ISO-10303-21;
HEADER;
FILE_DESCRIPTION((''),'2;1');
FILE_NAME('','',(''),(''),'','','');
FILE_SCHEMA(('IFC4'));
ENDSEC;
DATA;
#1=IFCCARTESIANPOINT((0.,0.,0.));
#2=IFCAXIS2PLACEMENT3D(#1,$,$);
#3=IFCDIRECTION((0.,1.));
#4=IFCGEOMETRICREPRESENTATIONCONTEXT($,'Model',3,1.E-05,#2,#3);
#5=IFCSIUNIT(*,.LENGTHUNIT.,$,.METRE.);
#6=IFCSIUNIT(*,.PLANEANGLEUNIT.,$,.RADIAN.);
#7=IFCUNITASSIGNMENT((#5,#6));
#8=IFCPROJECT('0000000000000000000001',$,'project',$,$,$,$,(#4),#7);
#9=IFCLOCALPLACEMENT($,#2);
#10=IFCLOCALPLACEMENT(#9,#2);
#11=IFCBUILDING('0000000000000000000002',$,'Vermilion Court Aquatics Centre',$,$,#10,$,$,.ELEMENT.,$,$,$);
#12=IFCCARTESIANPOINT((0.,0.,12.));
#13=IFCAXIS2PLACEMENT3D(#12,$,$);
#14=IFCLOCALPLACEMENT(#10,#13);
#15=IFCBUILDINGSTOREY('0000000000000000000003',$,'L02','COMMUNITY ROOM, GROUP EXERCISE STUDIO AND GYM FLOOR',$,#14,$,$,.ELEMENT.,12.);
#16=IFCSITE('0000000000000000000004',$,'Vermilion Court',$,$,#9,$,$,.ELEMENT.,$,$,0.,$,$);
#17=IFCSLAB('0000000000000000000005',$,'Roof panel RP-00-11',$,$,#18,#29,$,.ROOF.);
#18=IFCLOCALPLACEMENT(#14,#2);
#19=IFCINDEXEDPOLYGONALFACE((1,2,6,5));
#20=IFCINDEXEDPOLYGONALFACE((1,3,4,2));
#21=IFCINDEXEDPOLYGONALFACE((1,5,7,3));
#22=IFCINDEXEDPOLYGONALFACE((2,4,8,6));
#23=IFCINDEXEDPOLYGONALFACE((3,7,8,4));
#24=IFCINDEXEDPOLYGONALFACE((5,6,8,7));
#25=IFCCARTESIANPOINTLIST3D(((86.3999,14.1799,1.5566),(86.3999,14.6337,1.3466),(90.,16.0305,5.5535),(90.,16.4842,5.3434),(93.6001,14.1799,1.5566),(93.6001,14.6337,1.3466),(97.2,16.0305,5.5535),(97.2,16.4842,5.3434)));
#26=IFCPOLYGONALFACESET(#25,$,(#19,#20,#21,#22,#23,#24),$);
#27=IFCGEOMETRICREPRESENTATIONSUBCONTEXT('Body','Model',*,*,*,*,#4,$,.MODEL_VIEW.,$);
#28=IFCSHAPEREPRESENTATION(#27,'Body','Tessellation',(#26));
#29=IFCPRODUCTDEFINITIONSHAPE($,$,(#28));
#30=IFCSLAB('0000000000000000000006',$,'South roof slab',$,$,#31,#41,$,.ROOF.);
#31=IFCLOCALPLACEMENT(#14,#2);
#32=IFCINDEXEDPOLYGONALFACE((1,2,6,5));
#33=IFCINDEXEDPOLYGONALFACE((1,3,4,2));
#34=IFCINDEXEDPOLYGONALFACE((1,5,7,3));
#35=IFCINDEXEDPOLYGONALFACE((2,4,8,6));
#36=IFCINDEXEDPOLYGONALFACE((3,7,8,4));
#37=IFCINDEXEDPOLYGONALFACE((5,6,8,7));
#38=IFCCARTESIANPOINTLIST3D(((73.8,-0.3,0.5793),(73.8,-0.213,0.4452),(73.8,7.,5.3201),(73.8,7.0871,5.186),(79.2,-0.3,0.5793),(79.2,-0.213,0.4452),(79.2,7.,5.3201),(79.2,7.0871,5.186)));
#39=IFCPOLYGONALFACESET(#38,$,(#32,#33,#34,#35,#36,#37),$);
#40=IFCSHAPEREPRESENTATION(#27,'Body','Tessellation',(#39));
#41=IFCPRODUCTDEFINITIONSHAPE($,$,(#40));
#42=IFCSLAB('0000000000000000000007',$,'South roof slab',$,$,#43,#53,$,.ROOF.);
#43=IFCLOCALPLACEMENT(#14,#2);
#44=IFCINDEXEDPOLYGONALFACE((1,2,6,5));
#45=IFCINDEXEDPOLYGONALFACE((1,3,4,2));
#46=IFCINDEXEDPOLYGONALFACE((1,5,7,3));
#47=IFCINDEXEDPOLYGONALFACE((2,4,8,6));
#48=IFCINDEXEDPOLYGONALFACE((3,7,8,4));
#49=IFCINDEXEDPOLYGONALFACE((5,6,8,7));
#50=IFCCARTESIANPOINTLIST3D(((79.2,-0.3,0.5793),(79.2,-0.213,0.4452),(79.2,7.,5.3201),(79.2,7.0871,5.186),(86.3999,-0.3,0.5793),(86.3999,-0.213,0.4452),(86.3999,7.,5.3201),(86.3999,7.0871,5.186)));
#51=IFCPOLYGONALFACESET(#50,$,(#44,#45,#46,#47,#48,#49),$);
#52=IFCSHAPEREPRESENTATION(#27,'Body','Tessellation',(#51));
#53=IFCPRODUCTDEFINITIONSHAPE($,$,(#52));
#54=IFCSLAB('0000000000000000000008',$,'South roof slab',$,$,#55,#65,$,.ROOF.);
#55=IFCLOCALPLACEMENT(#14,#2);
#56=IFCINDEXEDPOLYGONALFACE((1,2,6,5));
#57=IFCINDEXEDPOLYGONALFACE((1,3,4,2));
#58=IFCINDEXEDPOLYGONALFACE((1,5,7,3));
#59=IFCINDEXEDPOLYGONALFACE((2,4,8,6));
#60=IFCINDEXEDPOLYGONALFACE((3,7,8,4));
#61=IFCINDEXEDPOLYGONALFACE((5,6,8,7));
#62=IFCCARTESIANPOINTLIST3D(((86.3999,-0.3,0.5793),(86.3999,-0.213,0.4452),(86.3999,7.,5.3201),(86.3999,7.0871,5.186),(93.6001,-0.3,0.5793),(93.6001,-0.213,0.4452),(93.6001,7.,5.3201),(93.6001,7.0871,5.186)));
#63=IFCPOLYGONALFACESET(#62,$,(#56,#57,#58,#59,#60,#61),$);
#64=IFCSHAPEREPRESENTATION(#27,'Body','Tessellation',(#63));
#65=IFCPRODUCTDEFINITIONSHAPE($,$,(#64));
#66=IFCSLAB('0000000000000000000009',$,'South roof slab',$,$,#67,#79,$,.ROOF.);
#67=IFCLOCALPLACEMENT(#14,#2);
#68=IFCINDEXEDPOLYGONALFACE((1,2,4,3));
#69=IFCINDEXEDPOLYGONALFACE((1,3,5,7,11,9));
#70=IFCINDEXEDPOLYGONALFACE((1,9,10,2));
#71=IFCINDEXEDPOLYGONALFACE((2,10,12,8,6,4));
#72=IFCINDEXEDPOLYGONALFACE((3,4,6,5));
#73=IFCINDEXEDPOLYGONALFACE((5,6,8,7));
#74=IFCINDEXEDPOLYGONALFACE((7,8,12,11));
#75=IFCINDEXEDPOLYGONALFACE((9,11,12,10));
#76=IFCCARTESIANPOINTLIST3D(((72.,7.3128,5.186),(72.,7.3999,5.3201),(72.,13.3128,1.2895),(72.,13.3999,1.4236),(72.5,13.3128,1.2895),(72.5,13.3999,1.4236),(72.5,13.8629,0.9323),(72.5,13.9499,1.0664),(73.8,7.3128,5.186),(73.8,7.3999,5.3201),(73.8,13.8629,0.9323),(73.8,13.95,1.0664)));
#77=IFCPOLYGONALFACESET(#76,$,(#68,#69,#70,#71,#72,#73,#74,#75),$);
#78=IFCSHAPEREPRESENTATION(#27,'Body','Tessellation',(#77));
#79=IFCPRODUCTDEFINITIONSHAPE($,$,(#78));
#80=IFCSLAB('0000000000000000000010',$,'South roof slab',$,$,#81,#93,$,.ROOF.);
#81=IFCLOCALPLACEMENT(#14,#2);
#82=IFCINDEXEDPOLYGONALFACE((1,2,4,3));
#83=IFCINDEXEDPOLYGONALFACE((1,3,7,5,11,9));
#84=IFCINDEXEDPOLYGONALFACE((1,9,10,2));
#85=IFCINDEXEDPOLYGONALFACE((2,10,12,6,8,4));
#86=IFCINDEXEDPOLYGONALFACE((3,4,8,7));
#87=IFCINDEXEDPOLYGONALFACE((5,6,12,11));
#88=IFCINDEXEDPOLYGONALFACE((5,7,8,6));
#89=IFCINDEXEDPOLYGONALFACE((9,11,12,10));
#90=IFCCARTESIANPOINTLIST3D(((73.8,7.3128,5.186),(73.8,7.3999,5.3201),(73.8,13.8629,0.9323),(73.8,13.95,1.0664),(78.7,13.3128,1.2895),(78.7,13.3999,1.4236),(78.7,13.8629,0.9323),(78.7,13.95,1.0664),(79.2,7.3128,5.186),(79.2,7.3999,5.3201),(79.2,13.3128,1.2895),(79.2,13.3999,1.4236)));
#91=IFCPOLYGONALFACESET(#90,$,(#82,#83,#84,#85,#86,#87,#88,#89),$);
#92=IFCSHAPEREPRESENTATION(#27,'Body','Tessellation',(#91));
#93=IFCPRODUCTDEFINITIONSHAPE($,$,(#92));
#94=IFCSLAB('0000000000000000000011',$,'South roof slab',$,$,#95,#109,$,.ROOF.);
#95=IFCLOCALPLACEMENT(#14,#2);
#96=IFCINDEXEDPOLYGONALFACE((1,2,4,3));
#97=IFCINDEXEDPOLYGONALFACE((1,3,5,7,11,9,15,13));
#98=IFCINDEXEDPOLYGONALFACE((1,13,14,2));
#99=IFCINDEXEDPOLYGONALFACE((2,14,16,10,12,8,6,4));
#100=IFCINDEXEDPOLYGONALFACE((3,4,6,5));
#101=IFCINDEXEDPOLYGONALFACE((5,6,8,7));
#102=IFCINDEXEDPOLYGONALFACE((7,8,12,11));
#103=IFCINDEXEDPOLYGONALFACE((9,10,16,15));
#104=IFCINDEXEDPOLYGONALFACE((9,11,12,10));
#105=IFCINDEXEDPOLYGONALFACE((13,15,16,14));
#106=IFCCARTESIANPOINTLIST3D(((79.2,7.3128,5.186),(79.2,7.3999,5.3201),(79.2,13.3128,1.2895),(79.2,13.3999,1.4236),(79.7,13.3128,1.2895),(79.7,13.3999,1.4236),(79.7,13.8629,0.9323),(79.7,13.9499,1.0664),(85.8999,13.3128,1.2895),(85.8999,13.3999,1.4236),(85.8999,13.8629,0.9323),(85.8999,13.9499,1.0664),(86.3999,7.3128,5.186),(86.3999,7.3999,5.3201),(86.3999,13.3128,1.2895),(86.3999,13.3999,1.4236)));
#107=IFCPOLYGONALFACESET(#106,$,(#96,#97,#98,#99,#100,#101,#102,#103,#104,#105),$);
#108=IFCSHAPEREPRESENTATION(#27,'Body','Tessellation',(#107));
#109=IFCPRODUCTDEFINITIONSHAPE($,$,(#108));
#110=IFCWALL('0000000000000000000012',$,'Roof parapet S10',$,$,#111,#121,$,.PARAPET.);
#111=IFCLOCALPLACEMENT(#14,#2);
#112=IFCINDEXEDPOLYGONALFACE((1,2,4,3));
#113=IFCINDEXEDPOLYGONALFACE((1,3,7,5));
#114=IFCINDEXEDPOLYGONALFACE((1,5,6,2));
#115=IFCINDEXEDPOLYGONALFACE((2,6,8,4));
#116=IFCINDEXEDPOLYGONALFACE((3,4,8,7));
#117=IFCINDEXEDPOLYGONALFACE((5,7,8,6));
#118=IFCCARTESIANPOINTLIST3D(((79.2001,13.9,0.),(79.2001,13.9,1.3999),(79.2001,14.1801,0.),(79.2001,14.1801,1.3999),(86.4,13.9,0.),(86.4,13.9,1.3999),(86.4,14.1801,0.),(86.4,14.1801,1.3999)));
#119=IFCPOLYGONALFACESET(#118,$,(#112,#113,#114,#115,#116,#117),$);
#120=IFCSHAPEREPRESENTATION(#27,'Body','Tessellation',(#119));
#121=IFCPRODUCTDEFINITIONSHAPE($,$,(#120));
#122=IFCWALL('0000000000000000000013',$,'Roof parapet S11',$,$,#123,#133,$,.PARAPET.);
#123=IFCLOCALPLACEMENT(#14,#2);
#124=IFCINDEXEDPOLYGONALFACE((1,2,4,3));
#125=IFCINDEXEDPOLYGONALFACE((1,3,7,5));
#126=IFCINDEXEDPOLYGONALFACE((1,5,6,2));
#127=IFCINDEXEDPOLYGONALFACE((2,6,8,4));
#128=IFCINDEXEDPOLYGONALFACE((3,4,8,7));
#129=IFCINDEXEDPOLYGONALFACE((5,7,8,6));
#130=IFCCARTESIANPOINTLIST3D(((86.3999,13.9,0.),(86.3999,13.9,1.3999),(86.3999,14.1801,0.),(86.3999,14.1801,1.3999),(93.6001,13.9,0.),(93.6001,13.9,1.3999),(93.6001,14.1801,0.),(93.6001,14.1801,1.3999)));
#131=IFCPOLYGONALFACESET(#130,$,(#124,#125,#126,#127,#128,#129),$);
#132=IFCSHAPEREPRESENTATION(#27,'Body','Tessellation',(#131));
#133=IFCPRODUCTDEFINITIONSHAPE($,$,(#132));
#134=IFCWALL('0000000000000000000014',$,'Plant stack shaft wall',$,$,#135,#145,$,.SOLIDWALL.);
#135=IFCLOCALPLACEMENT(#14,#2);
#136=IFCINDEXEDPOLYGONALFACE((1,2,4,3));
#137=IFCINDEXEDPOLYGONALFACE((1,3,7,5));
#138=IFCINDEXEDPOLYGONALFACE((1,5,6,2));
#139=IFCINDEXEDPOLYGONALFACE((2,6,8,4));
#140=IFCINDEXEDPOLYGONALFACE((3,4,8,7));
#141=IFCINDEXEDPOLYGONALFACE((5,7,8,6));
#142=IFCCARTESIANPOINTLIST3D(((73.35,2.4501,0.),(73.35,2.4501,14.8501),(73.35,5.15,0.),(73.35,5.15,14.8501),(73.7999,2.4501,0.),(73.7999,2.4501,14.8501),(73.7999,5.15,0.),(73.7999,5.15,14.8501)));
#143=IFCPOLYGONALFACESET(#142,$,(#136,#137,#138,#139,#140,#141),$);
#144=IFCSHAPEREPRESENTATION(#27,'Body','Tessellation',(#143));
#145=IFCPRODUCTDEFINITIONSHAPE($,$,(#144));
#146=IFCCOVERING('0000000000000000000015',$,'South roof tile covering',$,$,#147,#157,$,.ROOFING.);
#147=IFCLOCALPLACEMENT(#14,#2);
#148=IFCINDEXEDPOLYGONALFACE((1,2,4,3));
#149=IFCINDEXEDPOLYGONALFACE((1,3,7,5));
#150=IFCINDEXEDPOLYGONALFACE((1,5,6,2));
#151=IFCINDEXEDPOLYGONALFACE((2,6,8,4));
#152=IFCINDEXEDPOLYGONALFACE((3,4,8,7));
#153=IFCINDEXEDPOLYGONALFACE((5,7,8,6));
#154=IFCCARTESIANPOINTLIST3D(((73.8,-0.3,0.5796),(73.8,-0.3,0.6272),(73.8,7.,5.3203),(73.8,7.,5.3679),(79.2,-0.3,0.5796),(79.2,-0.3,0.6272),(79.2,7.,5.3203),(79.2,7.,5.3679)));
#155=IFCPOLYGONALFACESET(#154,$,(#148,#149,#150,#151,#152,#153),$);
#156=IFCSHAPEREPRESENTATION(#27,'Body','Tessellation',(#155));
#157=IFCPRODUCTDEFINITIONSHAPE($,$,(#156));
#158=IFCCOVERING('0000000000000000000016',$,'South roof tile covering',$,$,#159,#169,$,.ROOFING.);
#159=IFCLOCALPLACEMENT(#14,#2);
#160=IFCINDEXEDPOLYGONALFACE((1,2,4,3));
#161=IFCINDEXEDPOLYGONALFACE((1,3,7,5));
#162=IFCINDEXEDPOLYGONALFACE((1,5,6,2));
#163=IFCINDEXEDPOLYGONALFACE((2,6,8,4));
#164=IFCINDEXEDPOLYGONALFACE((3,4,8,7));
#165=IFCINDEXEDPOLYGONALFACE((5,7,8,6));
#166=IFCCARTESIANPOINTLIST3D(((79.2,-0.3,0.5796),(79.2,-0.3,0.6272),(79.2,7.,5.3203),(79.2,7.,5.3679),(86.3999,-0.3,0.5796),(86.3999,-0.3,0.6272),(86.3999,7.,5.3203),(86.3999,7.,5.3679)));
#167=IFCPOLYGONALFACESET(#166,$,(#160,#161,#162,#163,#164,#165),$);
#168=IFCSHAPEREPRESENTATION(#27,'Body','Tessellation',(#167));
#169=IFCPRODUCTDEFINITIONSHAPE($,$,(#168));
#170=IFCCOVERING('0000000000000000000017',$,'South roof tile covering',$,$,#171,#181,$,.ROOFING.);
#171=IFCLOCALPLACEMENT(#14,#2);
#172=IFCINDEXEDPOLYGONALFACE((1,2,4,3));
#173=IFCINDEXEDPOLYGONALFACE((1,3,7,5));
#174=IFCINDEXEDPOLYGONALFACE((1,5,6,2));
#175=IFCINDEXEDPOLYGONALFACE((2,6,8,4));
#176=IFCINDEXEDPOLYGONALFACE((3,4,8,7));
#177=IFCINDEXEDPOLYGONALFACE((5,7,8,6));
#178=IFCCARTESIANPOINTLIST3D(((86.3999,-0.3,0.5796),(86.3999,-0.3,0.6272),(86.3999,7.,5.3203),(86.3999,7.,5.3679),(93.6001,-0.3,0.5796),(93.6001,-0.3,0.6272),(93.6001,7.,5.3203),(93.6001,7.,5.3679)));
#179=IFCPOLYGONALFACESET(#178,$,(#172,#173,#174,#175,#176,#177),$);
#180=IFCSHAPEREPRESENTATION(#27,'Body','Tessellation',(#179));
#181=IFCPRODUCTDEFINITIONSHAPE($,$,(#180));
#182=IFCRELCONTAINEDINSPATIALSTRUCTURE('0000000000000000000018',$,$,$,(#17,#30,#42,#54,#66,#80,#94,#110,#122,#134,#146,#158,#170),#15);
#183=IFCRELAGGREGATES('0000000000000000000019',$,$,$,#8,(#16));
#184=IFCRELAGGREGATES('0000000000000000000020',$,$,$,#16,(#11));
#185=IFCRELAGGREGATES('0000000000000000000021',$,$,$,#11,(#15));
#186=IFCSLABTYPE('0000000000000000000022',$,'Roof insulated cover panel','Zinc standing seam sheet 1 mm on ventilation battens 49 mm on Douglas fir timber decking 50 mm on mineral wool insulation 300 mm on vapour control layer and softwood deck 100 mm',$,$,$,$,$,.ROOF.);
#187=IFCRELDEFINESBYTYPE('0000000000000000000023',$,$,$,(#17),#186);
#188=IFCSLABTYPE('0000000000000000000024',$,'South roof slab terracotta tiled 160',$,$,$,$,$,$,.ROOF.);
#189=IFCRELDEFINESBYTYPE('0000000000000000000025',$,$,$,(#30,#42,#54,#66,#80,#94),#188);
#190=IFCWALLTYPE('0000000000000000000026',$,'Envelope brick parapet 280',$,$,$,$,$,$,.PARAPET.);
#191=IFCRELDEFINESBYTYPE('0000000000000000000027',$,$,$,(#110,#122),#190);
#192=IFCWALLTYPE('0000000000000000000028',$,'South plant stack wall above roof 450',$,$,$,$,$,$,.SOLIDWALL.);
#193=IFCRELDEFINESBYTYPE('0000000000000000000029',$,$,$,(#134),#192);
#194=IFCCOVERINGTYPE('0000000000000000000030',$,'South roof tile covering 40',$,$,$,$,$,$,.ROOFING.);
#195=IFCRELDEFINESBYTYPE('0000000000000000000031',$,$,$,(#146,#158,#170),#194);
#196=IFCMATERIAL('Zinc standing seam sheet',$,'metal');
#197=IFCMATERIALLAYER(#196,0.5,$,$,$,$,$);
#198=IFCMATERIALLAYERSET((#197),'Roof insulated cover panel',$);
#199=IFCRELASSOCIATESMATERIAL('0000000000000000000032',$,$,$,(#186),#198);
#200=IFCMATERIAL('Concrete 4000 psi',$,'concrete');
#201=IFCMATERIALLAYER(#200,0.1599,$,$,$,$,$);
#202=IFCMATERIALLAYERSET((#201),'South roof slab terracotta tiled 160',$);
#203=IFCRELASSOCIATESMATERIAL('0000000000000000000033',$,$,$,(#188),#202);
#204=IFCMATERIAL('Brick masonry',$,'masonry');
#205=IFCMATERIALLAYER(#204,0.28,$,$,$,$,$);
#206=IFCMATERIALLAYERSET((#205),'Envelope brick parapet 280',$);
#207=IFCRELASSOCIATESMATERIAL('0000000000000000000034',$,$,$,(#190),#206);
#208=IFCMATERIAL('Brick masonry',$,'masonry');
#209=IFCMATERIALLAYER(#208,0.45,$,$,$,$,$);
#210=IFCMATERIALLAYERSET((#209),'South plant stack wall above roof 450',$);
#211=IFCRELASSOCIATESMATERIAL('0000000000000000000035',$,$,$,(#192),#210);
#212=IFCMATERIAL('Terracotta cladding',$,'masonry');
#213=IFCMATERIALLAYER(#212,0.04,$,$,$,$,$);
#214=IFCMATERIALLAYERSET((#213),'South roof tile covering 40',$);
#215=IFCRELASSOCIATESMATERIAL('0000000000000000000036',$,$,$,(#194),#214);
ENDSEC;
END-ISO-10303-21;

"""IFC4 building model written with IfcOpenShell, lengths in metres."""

from ifc_helpers import new_model, si_unit, direction, frame, frame_2d, origin, place, context, subcontext, project, spatial, polyline, rectangle, outline, extrude, material, layer, layer_set, type_object, element, save


model = new_model("IFC4")

# Units and contexts
model_context = context("Model", 3, precision=1e-05, world=origin(), true_north=direction((0.0, 1.0)))
body_context = subcontext(model_context, "Body", "Model", "MODEL_VIEW")
ifc_project = project(units=[si_unit("LENGTHUNIT", "METRE"), si_unit("PLANEANGLEUNIT", "RADIAN")], contexts=[model_context])

# Site, building, storey
site_placement = place(None, origin())
site = spatial("IfcSite", under=ifc_project, at=site_placement, Name="Vermilion Court", CompositionType="ELEMENT", RefElevation=0.0)
building_placement = place(site_placement, origin())
building = spatial("IfcBuilding", under=site, at=building_placement, Name="Vermilion Court Aquatics Centre", CompositionType="ELEMENT")
storey_placement = place(building_placement, frame((0.0, 0.0, 12.0)))
storey = spatial("IfcBuildingStorey", under=building, at=storey_placement, Name="L02", Description="COMMUNITY ROOM, GROUP EXERCISE STUDIO AND GYM FLOOR", CompositionType="ELEMENT", Elevation=12.0)

# Slabs
ifc_material_1 = material(Name="Zinc standing seam sheet", Category="metal")
ifc_layer_1 = layer(ifc_material_1, 0.5)
ifc_layer_set_1 = layer_set([ifc_layer_1], Name="Roof insulated cover panel")
slab_type_1 = type_object("IfcSlabType", Name="Roof insulated cover panel", Description="Zinc standing seam sheet 1 mm on ventilation battens 49 mm on Douglas fir timber decking 50 mm on mineral wool insulation 300 mm on vapour control layer and softwood deck 100 mm", PredefinedType="ROOF", material=ifc_layer_set_1)
slab_1_placement = place(storey_placement, frame((86.3999, 14.1799, 1.5566), z_axis=(0.0, -0.907449, 0.420162), x_axis=(1.0, 0.0, 0.0)))
element("IfcSlab", 1, at=slab_1_placement, inside=storey, type_object=slab_type_1, Name="Roof panel RP-00-11", PredefinedType="ROOF", context=body_context, shape_type="SweptSolid", body=[
    extrude(outline(polyline([(0.0, 0.0), (7.2002, 0.0), (10.8, 4.4045), (3.6001, 4.4045), (0.0, 0.0)])), origin(), (0.0, 0.0, -1.0), 0.5),
])
ifc_material_2 = material(Name="Concrete 4000 psi", Category="concrete")
ifc_layer_2 = layer(ifc_material_2, 0.1599)
ifc_layer_set_2 = layer_set([ifc_layer_2], Name="South roof slab terracotta tiled 160")
slab_type_2 = type_object("IfcSlabType", Name="South roof slab terracotta tiled 160", PredefinedType="ROOF", material=ifc_layer_set_2)
slab_2_placement = place(storey_placement, frame((73.8, 7.0, 5.3201), z_axis=(0.0, -0.54464, 0.83867), x_axis=(1.0, 0.0, 0.0)))
element("IfcSlab", 2, at=slab_2_placement, inside=storey, type_object=slab_type_2, Name="South roof slab", PredefinedType="ROOF", context=body_context, shape_type="SweptSolid", body=[
    extrude(outline(polyline([(0.0, 0.0), (5.3999, 0.0), (5.3999, -8.7043), (0.0, -8.7043), (0.0, 0.0)])), origin(), (0.0, 0.0, -1.0), 0.1599),
])
slab_3_placement = place(storey_placement, frame((79.2, -0.3, 0.5793), z_axis=(0.0, -0.54464, 0.83867), x_axis=(0.0, 0.83867, 0.54464)))
element("IfcSlab", 3, at=slab_3_placement, inside=storey, type_object=slab_type_2, Name="South roof slab", PredefinedType="ROOF", context=body_context, shape_type="SweptSolid", body=[
    extrude(outline(polyline([(0.0, 0.0), (8.7043, 0.0), (8.7043, -7.2), (0.0, -7.2), (0.0, 0.0)])), origin(), (0.0, 0.0, -1.0), 0.1599),
])
slab_4_placement = place(storey_placement, frame((86.3999, -0.3, 0.5793), z_axis=(0.0, -0.54464, 0.83867), x_axis=(0.0, 0.83867, 0.54464)))
element("IfcSlab", 4, at=slab_4_placement, inside=storey, type_object=slab_type_2, Name="South roof slab", PredefinedType="ROOF", context=body_context, shape_type="SweptSolid", body=[
    extrude(outline(polyline([(0.0, 0.0), (8.7043, 0.0), (8.7043, -7.2002), (0.0, -7.2002), (0.0, 0.0)])), origin(), (0.0, 0.0, -1.0), 0.1599),
])
slab_5_placement = place(storey_placement, frame((73.8, 13.95, 1.0664), z_axis=(-0.000007, 0.544641, 0.838669), x_axis=(0.0, -0.838669, 0.544641)))
element("IfcSlab", 5, at=slab_5_placement, inside=storey, type_object=slab_type_2, Name="South roof slab", PredefinedType="ROOF", context=body_context, shape_type="SweptSolid", body=[
    extrude(outline(polyline([(0.0, 0.0), (7.81, 0.0), (7.81, -1.8), (0.6558, -1.8), (0.6558, -1.3), (0.0, -1.3), (0.0, 0.0)])), origin(), (0.0, 0.0, -1.0), 0.1599),
])
slab_6_placement = place(storey_placement, frame((79.2, 7.3999, 5.3201), z_axis=(0.000002, 0.54464, 0.83867), x_axis=(-1.0, 0.000001, 0.000002)))
element("IfcSlab", 6, at=slab_6_placement, inside=storey, type_object=slab_type_2, Name="South roof slab", PredefinedType="ROOF", context=body_context, shape_type="SweptSolid", body=[
    extrude(outline(polyline([(0.0, 0.0), (5.3999, 0.0), (5.3999, -7.81), (0.5, -7.81), (0.5, -7.1542), (0.0, -7.1542), (0.0, 0.0)])), origin(), (0.0, 0.0, -1.0), 0.1599),
])
slab_7_placement = place(storey_placement, frame((86.3999, 7.3999, 5.3201), z_axis=(0.0, 0.54464, 0.83867), x_axis=(-1.0, 0.0, 0.0)))
element("IfcSlab", 7, at=slab_7_placement, inside=storey, type_object=slab_type_2, Name="South roof slab", PredefinedType="ROOF", context=body_context, shape_type="SweptSolid", body=[
    extrude(outline(polyline([(0.0, 0.0), (7.2, 0.0), (7.2, -7.1542), (6.7, -7.1542), (6.7, -7.81), (0.5, -7.81), (0.5, -7.1542), (0.0, -7.1542), (0.0, 0.0)])), origin(), (0.0, 0.0, -1.0), 0.1599),
])

# Walls
ifc_material_3 = material(Name="Brick masonry", Category="masonry")
ifc_layer_3 = layer(ifc_material_3, 0.28)
ifc_layer_set_3 = layer_set([ifc_layer_3], Name="Envelope brick parapet 280")
wall_type_1 = type_object("IfcWallType", Name="Envelope brick parapet 280", PredefinedType="PARAPET", material=ifc_layer_set_3)
wall_1_placement = place(storey_placement, frame((79.2, 14.04, 0.0), z_axis=(0.0, 0.0, 1.0), x_axis=(1.0, 0.0, 0.0)))
element("IfcWall", 8, at=wall_1_placement, inside=storey, type_object=wall_type_1, Name="Roof parapet S10", PredefinedType="PARAPET", context=body_context, shape_type="SweptSolid", body=[
    extrude(rectangle(XDim=7.2, YDim=0.28, at=frame_2d((3.6001, 0.0))), origin(), (0.0, 0.0, 1.0), 1.3999),
])
wall_2_placement = place(storey_placement, frame((86.3999, 14.04, 0.0), z_axis=(0.0, 0.0, 1.0), x_axis=(1.0, 0.0, 0.0)))
element("IfcWall", 9, at=wall_2_placement, inside=storey, type_object=wall_type_1, Name="Roof parapet S11", PredefinedType="PARAPET", context=body_context, shape_type="SweptSolid", body=[
    extrude(rectangle(XDim=7.2002, YDim=0.28, at=frame_2d((3.6001, 0.0))), origin(), (0.0, 0.0, 1.0), 1.3999),
])
ifc_material_4 = material(Name="Brick masonry", Category="masonry")
ifc_layer_4 = layer(ifc_material_4, 0.45)
ifc_layer_set_4 = layer_set([ifc_layer_4], Name="South plant stack wall above roof 450")
wall_type_2 = type_object("IfcWallType", Name="South plant stack wall above roof 450", PredefinedType="SOLIDWALL", material=ifc_layer_set_4)
wall_3_placement = place(storey_placement, frame((73.575, 2.45, 0.0), z_axis=(0.0, 0.0, 1.0), x_axis=(0.0, 1.0, 0.0)))
element("IfcWall", 10, at=wall_3_placement, inside=storey, type_object=wall_type_2, Name="Plant stack shaft wall", PredefinedType="SOLIDWALL", context=body_context, shape_type="SweptSolid", body=[
    extrude(rectangle(XDim=2.7, YDim=0.45, at=frame_2d((1.3501, 0.0))), origin(), (0.0, 0.0, 1.0), 14.8501),
])

# Coverings
ifc_material_5 = material(Name="Terracotta cladding", Category="masonry")
ifc_layer_5 = layer(ifc_material_5, 0.04)
ifc_layer_set_5 = layer_set([ifc_layer_5], Name="South roof tile covering 40")
covering_type = type_object("IfcCoveringType", Name="South roof tile covering 40", PredefinedType="ROOFING", material=ifc_layer_set_5)
covering_1_placement = place(storey_placement, frame((73.8, 7.0, 5.3679), z_axis=(0.0, -0.54464, 0.83867), x_axis=(1.0, 0.0, 0.0)))
element("IfcCovering", 11, at=covering_1_placement, inside=storey, type_object=covering_type, Name="South roof tile covering", PredefinedType="ROOFING", context=body_context, shape_type="SweptSolid", body=[
    extrude(outline(polyline([(0.0, 0.0), (5.3999, 0.0), (5.3999, -8.7043), (0.0, -8.7043), (0.0, 0.0)])), origin(), (0.0, -0.54464, -0.83867), 0.0476),
])
covering_2_placement = place(storey_placement, frame((79.2, -0.3, 0.6272), z_axis=(0.0, -0.54464, 0.83867), x_axis=(0.0, 0.83867, 0.54464)))
element("IfcCovering", 12, at=covering_2_placement, inside=storey, type_object=covering_type, Name="South roof tile covering", PredefinedType="ROOFING", context=body_context, shape_type="SweptSolid", body=[
    extrude(outline(polyline([(0.0, 0.0), (8.7043, 0.0), (8.7043, -7.2), (0.0, -7.2), (0.0, 0.0)])), origin(), (-0.54464, 0.0, -0.83867), 0.0476),
])
covering_3_placement = place(storey_placement, frame((86.3999, -0.3, 0.6272), z_axis=(0.0, -0.54464, 0.83867), x_axis=(0.0, 0.83867, 0.54464)))
element("IfcCovering", 13, at=covering_3_placement, inside=storey, type_object=covering_type, Name="South roof tile covering", PredefinedType="ROOFING", context=body_context, shape_type="SweptSolid", body=[
    extrude(outline(polyline([(0.0, 0.0), (8.7043, 0.0), (8.7043, -7.2002), (0.0, -7.2002), (0.0, 0.0)])), origin(), (-0.54464, 0.0, -0.83867), 0.0476),
])

save(model, "model.ifc")
